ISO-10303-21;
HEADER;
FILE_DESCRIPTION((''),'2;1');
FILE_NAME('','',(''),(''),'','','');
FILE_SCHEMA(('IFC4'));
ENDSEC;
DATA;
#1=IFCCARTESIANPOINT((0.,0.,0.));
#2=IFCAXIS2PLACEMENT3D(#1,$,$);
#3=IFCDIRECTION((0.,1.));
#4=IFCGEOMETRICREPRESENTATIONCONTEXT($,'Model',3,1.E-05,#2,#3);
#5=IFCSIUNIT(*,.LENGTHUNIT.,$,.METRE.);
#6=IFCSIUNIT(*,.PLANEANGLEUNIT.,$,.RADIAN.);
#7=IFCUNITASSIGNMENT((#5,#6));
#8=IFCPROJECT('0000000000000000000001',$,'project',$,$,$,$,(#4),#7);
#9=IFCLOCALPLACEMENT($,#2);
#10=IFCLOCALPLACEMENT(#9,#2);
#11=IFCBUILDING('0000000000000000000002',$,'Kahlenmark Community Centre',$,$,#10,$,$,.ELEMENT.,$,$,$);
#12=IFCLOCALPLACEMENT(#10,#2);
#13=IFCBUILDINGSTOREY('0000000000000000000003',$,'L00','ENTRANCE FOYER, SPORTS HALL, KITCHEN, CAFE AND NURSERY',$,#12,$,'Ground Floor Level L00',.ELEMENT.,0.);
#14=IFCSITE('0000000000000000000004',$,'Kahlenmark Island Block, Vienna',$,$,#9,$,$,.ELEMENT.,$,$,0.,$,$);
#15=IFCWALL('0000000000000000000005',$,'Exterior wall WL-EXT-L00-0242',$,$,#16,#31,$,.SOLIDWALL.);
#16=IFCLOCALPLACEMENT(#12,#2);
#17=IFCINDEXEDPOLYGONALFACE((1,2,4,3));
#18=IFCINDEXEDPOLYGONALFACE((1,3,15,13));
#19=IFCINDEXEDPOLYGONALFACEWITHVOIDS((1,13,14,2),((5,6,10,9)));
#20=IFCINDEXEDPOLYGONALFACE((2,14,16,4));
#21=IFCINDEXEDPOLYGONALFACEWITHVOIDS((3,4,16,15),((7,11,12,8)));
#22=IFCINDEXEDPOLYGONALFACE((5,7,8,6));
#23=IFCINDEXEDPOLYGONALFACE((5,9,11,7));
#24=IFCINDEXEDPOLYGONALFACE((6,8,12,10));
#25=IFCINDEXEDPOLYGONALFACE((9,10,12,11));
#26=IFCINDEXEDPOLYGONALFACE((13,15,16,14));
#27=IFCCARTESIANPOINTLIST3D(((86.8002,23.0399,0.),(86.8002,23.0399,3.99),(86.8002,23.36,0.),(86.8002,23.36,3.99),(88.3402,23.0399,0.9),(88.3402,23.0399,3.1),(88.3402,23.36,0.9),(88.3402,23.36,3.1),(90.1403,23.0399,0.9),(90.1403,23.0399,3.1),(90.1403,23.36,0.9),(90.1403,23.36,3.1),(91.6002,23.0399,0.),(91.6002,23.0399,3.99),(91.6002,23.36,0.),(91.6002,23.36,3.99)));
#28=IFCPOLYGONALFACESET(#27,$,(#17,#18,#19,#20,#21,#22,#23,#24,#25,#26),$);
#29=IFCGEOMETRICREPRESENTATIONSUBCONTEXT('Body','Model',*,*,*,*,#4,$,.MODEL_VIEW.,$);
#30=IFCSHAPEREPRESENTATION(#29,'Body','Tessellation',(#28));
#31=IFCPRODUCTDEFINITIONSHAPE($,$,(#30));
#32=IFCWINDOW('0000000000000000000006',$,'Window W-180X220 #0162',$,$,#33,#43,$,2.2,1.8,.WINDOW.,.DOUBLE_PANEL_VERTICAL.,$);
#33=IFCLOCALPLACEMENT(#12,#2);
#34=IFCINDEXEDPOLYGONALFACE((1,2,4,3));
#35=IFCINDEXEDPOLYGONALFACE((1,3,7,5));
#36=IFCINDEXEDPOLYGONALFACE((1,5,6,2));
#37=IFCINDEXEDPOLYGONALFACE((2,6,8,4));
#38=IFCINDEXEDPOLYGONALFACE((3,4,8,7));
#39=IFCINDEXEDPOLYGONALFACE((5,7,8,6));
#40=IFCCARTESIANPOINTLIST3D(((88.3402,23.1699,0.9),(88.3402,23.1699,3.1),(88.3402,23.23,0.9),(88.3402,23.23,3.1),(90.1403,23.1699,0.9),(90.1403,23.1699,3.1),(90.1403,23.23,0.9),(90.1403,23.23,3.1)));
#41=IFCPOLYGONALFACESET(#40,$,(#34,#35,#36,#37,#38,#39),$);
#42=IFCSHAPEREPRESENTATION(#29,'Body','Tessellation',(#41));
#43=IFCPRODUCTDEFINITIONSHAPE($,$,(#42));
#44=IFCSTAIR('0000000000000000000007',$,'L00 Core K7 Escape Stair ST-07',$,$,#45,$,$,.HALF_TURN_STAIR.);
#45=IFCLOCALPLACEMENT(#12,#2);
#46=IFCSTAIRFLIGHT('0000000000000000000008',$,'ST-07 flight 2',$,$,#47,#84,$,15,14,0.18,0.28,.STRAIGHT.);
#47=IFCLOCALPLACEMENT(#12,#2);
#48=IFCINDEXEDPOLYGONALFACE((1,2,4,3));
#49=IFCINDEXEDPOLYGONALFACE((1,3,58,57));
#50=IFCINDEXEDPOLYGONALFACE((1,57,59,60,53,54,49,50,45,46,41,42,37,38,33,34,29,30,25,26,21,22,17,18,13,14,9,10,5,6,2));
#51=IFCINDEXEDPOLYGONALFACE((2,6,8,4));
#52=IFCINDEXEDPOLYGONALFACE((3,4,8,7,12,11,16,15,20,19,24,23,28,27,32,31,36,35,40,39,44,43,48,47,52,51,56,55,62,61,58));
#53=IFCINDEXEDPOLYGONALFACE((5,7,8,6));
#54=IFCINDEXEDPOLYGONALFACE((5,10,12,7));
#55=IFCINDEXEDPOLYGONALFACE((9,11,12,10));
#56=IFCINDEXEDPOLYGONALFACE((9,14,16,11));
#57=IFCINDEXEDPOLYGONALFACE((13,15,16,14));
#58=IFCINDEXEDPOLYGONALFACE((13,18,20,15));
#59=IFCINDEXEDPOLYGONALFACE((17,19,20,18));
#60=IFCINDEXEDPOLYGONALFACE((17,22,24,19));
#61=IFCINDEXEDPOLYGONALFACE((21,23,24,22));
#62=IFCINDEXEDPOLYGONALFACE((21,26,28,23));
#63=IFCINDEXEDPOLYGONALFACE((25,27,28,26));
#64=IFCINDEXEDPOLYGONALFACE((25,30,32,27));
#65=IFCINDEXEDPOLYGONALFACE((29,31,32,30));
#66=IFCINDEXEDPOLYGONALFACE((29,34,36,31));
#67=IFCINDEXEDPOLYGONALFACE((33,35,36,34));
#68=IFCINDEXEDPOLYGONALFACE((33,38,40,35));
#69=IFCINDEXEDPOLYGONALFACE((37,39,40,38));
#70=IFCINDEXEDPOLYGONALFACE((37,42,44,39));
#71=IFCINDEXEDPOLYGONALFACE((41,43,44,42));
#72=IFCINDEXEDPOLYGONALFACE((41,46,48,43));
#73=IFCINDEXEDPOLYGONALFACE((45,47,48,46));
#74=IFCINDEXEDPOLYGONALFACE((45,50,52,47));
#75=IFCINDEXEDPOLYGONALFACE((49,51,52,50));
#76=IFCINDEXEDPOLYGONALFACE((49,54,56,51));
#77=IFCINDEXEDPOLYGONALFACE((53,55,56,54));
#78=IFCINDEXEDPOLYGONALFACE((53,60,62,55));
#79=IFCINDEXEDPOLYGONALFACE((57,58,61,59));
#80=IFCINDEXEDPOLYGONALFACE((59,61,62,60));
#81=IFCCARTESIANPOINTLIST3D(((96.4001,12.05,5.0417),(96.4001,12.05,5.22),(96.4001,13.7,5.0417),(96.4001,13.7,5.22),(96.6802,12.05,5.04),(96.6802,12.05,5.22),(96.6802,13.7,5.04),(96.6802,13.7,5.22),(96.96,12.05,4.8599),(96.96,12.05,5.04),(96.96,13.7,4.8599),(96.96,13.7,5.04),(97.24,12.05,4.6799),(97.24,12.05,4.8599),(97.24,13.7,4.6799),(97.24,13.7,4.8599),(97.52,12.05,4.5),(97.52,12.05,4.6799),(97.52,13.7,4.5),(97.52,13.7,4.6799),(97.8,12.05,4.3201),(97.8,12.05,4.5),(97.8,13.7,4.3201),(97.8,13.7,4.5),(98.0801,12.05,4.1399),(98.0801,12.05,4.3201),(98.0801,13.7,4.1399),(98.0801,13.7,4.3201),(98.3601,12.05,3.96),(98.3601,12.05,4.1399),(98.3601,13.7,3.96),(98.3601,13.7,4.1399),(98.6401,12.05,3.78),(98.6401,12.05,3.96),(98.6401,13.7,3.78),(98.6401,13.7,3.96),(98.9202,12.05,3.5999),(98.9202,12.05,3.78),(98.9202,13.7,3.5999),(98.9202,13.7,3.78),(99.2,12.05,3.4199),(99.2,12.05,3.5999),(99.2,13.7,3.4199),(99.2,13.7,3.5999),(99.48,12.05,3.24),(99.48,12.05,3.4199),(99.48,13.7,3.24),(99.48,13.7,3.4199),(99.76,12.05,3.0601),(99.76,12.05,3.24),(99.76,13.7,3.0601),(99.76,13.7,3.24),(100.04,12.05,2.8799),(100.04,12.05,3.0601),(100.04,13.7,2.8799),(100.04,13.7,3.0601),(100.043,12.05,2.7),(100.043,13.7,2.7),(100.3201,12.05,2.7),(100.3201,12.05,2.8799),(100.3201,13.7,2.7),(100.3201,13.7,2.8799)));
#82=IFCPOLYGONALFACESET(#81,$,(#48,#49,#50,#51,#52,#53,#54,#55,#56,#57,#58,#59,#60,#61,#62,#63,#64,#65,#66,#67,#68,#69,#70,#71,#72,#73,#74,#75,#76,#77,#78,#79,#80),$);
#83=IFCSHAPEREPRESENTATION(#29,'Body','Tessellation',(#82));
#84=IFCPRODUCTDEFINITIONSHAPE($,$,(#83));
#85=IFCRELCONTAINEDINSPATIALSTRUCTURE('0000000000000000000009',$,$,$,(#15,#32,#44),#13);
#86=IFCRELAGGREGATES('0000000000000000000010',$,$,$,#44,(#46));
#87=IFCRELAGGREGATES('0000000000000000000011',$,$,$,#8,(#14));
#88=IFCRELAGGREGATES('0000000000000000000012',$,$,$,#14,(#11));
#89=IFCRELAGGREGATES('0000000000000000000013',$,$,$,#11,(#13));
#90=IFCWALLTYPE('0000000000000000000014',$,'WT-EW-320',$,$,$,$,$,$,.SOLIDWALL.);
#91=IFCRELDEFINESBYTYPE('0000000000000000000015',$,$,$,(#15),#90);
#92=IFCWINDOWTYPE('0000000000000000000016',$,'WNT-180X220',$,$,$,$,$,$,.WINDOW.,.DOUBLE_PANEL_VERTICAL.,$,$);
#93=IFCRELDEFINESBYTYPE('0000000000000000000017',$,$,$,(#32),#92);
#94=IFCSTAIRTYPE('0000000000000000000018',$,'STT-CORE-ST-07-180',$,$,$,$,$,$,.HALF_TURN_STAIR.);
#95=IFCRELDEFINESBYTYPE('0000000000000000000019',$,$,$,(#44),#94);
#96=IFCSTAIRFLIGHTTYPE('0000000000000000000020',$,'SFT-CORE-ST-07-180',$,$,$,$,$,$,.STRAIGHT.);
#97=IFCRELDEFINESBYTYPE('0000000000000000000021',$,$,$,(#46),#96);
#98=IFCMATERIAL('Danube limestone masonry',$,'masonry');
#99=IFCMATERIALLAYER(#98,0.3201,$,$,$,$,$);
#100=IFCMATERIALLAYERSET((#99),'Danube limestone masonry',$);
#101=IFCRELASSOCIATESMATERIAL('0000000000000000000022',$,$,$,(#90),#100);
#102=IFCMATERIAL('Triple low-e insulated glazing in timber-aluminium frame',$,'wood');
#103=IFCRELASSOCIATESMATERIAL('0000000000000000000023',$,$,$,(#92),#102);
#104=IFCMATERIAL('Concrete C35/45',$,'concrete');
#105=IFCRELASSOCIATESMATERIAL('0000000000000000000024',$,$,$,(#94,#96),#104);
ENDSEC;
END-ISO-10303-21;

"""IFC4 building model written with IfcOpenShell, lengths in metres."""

from ifc_helpers import new_model, si_unit, direction, frame, frame_2d, origin, place, context, subcontext, project, spatial, polyline, rectangle, outline, extrude, material, layer, layer_set, type_object, element, fill, aggregate, save


model = new_model("IFC4")

# Units and contexts
model_context = context("Model", 3, precision=1e-05, world=origin(), true_north=direction((0.0, 1.0)))
body_context = subcontext(model_context, "Body", "Model", "MODEL_VIEW")
ifc_project = project(units=[si_unit("LENGTHUNIT", "METRE"), si_unit("PLANEANGLEUNIT", "RADIAN")], contexts=[model_context])

# Site, building, storey
site_placement = place(None, origin())
site = spatial("IfcSite", under=ifc_project, at=site_placement, Name="Kahlenmark Island Block, Vienna", CompositionType="ELEMENT", RefElevation=0.0)
building_placement = place(site_placement, origin())
building = spatial("IfcBuilding", under=site, at=building_placement, Name="Kahlenmark Community Centre", CompositionType="ELEMENT")
storey_placement = place(building_placement, origin())
storey = spatial("IfcBuildingStorey", under=building, at=storey_placement, Name="L00", Description="ENTRANCE FOYER, SPORTS HALL, KITCHEN, CAFE AND NURSERY", LongName="Ground Floor Level L00", CompositionType="ELEMENT", Elevation=0.0)

# Shared definitions
ifc_material_1 = material(Name="Concrete C35/45", Category="concrete")

# Shared definitions
ifc_material_2 = material(Name="Danube limestone masonry", Category="masonry")
ifc_layer_1 = layer(ifc_material_2, 0.3201)
ifc_layer_set_1 = layer_set([ifc_layer_1], Name="Danube limestone masonry")
wall_type_1 = type_object("IfcWallType", Name="WT-EW-320", PredefinedType="SOLIDWALL", material=ifc_layer_set_1)
ifc_material_3 = material(Name="Triple low-e insulated glazing in timber-aluminium frame", Category="wood")

# Wall, opening, window
wall_1_placement = place(storey_placement, frame((91.6001, 23.2, 0.0), z_axis=(0.0, 0.0, 1.0), x_axis=(-1.0, 0.0, 0.0)))
wall_1 = element("IfcWall", 1, at=wall_1_placement, inside=storey, type_object=wall_type_1, Name="Exterior wall WL-EXT-L00-0242", PredefinedType="SOLIDWALL", context=body_context, shape_type="SweptSolid", body=[
    extrude(rectangle(XDim=4.8, YDim=0.3201, at=frame_2d((2.3999, 0.0))), origin(), (0.0, 0.0, 1.0), 3.99),
])
opening_1_placement = place(wall_1_placement, frame((1.46, 0.0, 0.8999)))
opening_1 = element("IfcOpeningElement", 2, at=opening_1_placement, cuts=wall_1, PredefinedType="OPENING", context=body_context, shape_type="SweptSolid", body=[
    extrude(rectangle(XDim=1.8, YDim=2.2, at=frame_2d((0.8999, 1.1001))), frame((0.0, 0.1699, 0.0), z_axis=(0.0, -1.0, 0.0), x_axis=(1.0, 0.0, 0.0)), (0.0, 0.0, 1.0), 0.3401),
])
window_type_1 = type_object("IfcWindowType", Name="WNT-180X220", PartitioningType="DOUBLE_PANEL_VERTICAL", PredefinedType="WINDOW", material=ifc_material_3)
window_1_placement = place(opening_1_placement, origin())
window_1 = element("IfcWindow", 3, at=window_1_placement, inside=storey, type_object=window_type_1, Name="Window W-180X220 #0162", OverallHeight=2.2, OverallWidth=1.8, PartitioningType="DOUBLE_PANEL_VERTICAL", PredefinedType="WINDOW", context=body_context, shape_type="SweptSolid", body=[
    extrude(rectangle(XDim=1.8, YDim=2.2, at=frame_2d((0.8999, 1.1001))), frame((0.0, 0.03, 0.0), z_axis=(0.0, -1.0, 0.0), x_axis=(1.0, 0.0, 0.0)), (0.0, 0.0, 1.0), 0.0601),
])
fill(opening_1, window_1)

# Stair, stair flight
stair_type = type_object("IfcStairType", Name="STT-CORE-ST-07-180", PredefinedType="HALF_TURN_STAIR", material=ifc_material_1)
stair_placement = place(storey_placement, origin())
stair = element("IfcStair", 4, at=stair_placement, inside=storey, type_object=stair_type, Name="L00 Core K7 Escape Stair ST-07", PredefinedType="HALF_TURN_STAIR")
stair_flight_type = type_object("IfcStairFlightType", Name="SFT-CORE-ST-07-180", PredefinedType="STRAIGHT", material=ifc_material_1)
stair_flight_placement = place(storey_placement, frame((100.3201, 12.875, 2.7), z_axis=(0.0, 0.0, 1.0), x_axis=(-1.0, 0.0, 0.0)))
stair_flight = element("IfcStairFlight", 5, at=stair_flight_placement, type_object=stair_flight_type, Name="ST-07 flight 2", NumberOfRisers=15, NumberOfTreads=14, PredefinedType="STRAIGHT", RiserHeight=0.18, TreadLength=0.28, context=body_context, shape_type="SweptSolid", body=[
    extrude(outline(polyline([(0.0, 0.0), (0.0, 0.1799), (0.28, 0.1799), (0.28, 0.3601), (0.5601, 0.3601), (0.5601, 0.54), (0.8401, 0.54), (0.8401, 0.72), (1.1201, 0.72), (1.1201, 0.8999), (1.3999, 0.8999), (1.3999, 1.0801), (1.6799, 1.0801), (1.6799, 1.26), (1.96, 1.26), (1.96, 1.4399), (2.24, 1.4399), (2.24, 1.6201), (2.52, 1.6201), (2.52, 1.8), (2.8, 1.8), (2.8, 1.98), (3.0801, 1.98), (3.0801, 2.1599), (3.3601, 2.1599), (3.3601, 2.3401), (3.6399, 2.3401), (3.6399, 2.52), (3.9199, 2.52), (3.9199, 2.7), (3.9199, 2.3418), (0.2771, 0.0), (0.0, 0.0)])), frame((0.0, 0.825, 0.0), z_axis=(0.0, -1.0, 0.0), x_axis=(1.0, 0.0, 0.0)), (0.0, 0.0, 1.0), 1.6499),
])
aggregate(stair, [stair_flight])

save(model, "model.ifc")
